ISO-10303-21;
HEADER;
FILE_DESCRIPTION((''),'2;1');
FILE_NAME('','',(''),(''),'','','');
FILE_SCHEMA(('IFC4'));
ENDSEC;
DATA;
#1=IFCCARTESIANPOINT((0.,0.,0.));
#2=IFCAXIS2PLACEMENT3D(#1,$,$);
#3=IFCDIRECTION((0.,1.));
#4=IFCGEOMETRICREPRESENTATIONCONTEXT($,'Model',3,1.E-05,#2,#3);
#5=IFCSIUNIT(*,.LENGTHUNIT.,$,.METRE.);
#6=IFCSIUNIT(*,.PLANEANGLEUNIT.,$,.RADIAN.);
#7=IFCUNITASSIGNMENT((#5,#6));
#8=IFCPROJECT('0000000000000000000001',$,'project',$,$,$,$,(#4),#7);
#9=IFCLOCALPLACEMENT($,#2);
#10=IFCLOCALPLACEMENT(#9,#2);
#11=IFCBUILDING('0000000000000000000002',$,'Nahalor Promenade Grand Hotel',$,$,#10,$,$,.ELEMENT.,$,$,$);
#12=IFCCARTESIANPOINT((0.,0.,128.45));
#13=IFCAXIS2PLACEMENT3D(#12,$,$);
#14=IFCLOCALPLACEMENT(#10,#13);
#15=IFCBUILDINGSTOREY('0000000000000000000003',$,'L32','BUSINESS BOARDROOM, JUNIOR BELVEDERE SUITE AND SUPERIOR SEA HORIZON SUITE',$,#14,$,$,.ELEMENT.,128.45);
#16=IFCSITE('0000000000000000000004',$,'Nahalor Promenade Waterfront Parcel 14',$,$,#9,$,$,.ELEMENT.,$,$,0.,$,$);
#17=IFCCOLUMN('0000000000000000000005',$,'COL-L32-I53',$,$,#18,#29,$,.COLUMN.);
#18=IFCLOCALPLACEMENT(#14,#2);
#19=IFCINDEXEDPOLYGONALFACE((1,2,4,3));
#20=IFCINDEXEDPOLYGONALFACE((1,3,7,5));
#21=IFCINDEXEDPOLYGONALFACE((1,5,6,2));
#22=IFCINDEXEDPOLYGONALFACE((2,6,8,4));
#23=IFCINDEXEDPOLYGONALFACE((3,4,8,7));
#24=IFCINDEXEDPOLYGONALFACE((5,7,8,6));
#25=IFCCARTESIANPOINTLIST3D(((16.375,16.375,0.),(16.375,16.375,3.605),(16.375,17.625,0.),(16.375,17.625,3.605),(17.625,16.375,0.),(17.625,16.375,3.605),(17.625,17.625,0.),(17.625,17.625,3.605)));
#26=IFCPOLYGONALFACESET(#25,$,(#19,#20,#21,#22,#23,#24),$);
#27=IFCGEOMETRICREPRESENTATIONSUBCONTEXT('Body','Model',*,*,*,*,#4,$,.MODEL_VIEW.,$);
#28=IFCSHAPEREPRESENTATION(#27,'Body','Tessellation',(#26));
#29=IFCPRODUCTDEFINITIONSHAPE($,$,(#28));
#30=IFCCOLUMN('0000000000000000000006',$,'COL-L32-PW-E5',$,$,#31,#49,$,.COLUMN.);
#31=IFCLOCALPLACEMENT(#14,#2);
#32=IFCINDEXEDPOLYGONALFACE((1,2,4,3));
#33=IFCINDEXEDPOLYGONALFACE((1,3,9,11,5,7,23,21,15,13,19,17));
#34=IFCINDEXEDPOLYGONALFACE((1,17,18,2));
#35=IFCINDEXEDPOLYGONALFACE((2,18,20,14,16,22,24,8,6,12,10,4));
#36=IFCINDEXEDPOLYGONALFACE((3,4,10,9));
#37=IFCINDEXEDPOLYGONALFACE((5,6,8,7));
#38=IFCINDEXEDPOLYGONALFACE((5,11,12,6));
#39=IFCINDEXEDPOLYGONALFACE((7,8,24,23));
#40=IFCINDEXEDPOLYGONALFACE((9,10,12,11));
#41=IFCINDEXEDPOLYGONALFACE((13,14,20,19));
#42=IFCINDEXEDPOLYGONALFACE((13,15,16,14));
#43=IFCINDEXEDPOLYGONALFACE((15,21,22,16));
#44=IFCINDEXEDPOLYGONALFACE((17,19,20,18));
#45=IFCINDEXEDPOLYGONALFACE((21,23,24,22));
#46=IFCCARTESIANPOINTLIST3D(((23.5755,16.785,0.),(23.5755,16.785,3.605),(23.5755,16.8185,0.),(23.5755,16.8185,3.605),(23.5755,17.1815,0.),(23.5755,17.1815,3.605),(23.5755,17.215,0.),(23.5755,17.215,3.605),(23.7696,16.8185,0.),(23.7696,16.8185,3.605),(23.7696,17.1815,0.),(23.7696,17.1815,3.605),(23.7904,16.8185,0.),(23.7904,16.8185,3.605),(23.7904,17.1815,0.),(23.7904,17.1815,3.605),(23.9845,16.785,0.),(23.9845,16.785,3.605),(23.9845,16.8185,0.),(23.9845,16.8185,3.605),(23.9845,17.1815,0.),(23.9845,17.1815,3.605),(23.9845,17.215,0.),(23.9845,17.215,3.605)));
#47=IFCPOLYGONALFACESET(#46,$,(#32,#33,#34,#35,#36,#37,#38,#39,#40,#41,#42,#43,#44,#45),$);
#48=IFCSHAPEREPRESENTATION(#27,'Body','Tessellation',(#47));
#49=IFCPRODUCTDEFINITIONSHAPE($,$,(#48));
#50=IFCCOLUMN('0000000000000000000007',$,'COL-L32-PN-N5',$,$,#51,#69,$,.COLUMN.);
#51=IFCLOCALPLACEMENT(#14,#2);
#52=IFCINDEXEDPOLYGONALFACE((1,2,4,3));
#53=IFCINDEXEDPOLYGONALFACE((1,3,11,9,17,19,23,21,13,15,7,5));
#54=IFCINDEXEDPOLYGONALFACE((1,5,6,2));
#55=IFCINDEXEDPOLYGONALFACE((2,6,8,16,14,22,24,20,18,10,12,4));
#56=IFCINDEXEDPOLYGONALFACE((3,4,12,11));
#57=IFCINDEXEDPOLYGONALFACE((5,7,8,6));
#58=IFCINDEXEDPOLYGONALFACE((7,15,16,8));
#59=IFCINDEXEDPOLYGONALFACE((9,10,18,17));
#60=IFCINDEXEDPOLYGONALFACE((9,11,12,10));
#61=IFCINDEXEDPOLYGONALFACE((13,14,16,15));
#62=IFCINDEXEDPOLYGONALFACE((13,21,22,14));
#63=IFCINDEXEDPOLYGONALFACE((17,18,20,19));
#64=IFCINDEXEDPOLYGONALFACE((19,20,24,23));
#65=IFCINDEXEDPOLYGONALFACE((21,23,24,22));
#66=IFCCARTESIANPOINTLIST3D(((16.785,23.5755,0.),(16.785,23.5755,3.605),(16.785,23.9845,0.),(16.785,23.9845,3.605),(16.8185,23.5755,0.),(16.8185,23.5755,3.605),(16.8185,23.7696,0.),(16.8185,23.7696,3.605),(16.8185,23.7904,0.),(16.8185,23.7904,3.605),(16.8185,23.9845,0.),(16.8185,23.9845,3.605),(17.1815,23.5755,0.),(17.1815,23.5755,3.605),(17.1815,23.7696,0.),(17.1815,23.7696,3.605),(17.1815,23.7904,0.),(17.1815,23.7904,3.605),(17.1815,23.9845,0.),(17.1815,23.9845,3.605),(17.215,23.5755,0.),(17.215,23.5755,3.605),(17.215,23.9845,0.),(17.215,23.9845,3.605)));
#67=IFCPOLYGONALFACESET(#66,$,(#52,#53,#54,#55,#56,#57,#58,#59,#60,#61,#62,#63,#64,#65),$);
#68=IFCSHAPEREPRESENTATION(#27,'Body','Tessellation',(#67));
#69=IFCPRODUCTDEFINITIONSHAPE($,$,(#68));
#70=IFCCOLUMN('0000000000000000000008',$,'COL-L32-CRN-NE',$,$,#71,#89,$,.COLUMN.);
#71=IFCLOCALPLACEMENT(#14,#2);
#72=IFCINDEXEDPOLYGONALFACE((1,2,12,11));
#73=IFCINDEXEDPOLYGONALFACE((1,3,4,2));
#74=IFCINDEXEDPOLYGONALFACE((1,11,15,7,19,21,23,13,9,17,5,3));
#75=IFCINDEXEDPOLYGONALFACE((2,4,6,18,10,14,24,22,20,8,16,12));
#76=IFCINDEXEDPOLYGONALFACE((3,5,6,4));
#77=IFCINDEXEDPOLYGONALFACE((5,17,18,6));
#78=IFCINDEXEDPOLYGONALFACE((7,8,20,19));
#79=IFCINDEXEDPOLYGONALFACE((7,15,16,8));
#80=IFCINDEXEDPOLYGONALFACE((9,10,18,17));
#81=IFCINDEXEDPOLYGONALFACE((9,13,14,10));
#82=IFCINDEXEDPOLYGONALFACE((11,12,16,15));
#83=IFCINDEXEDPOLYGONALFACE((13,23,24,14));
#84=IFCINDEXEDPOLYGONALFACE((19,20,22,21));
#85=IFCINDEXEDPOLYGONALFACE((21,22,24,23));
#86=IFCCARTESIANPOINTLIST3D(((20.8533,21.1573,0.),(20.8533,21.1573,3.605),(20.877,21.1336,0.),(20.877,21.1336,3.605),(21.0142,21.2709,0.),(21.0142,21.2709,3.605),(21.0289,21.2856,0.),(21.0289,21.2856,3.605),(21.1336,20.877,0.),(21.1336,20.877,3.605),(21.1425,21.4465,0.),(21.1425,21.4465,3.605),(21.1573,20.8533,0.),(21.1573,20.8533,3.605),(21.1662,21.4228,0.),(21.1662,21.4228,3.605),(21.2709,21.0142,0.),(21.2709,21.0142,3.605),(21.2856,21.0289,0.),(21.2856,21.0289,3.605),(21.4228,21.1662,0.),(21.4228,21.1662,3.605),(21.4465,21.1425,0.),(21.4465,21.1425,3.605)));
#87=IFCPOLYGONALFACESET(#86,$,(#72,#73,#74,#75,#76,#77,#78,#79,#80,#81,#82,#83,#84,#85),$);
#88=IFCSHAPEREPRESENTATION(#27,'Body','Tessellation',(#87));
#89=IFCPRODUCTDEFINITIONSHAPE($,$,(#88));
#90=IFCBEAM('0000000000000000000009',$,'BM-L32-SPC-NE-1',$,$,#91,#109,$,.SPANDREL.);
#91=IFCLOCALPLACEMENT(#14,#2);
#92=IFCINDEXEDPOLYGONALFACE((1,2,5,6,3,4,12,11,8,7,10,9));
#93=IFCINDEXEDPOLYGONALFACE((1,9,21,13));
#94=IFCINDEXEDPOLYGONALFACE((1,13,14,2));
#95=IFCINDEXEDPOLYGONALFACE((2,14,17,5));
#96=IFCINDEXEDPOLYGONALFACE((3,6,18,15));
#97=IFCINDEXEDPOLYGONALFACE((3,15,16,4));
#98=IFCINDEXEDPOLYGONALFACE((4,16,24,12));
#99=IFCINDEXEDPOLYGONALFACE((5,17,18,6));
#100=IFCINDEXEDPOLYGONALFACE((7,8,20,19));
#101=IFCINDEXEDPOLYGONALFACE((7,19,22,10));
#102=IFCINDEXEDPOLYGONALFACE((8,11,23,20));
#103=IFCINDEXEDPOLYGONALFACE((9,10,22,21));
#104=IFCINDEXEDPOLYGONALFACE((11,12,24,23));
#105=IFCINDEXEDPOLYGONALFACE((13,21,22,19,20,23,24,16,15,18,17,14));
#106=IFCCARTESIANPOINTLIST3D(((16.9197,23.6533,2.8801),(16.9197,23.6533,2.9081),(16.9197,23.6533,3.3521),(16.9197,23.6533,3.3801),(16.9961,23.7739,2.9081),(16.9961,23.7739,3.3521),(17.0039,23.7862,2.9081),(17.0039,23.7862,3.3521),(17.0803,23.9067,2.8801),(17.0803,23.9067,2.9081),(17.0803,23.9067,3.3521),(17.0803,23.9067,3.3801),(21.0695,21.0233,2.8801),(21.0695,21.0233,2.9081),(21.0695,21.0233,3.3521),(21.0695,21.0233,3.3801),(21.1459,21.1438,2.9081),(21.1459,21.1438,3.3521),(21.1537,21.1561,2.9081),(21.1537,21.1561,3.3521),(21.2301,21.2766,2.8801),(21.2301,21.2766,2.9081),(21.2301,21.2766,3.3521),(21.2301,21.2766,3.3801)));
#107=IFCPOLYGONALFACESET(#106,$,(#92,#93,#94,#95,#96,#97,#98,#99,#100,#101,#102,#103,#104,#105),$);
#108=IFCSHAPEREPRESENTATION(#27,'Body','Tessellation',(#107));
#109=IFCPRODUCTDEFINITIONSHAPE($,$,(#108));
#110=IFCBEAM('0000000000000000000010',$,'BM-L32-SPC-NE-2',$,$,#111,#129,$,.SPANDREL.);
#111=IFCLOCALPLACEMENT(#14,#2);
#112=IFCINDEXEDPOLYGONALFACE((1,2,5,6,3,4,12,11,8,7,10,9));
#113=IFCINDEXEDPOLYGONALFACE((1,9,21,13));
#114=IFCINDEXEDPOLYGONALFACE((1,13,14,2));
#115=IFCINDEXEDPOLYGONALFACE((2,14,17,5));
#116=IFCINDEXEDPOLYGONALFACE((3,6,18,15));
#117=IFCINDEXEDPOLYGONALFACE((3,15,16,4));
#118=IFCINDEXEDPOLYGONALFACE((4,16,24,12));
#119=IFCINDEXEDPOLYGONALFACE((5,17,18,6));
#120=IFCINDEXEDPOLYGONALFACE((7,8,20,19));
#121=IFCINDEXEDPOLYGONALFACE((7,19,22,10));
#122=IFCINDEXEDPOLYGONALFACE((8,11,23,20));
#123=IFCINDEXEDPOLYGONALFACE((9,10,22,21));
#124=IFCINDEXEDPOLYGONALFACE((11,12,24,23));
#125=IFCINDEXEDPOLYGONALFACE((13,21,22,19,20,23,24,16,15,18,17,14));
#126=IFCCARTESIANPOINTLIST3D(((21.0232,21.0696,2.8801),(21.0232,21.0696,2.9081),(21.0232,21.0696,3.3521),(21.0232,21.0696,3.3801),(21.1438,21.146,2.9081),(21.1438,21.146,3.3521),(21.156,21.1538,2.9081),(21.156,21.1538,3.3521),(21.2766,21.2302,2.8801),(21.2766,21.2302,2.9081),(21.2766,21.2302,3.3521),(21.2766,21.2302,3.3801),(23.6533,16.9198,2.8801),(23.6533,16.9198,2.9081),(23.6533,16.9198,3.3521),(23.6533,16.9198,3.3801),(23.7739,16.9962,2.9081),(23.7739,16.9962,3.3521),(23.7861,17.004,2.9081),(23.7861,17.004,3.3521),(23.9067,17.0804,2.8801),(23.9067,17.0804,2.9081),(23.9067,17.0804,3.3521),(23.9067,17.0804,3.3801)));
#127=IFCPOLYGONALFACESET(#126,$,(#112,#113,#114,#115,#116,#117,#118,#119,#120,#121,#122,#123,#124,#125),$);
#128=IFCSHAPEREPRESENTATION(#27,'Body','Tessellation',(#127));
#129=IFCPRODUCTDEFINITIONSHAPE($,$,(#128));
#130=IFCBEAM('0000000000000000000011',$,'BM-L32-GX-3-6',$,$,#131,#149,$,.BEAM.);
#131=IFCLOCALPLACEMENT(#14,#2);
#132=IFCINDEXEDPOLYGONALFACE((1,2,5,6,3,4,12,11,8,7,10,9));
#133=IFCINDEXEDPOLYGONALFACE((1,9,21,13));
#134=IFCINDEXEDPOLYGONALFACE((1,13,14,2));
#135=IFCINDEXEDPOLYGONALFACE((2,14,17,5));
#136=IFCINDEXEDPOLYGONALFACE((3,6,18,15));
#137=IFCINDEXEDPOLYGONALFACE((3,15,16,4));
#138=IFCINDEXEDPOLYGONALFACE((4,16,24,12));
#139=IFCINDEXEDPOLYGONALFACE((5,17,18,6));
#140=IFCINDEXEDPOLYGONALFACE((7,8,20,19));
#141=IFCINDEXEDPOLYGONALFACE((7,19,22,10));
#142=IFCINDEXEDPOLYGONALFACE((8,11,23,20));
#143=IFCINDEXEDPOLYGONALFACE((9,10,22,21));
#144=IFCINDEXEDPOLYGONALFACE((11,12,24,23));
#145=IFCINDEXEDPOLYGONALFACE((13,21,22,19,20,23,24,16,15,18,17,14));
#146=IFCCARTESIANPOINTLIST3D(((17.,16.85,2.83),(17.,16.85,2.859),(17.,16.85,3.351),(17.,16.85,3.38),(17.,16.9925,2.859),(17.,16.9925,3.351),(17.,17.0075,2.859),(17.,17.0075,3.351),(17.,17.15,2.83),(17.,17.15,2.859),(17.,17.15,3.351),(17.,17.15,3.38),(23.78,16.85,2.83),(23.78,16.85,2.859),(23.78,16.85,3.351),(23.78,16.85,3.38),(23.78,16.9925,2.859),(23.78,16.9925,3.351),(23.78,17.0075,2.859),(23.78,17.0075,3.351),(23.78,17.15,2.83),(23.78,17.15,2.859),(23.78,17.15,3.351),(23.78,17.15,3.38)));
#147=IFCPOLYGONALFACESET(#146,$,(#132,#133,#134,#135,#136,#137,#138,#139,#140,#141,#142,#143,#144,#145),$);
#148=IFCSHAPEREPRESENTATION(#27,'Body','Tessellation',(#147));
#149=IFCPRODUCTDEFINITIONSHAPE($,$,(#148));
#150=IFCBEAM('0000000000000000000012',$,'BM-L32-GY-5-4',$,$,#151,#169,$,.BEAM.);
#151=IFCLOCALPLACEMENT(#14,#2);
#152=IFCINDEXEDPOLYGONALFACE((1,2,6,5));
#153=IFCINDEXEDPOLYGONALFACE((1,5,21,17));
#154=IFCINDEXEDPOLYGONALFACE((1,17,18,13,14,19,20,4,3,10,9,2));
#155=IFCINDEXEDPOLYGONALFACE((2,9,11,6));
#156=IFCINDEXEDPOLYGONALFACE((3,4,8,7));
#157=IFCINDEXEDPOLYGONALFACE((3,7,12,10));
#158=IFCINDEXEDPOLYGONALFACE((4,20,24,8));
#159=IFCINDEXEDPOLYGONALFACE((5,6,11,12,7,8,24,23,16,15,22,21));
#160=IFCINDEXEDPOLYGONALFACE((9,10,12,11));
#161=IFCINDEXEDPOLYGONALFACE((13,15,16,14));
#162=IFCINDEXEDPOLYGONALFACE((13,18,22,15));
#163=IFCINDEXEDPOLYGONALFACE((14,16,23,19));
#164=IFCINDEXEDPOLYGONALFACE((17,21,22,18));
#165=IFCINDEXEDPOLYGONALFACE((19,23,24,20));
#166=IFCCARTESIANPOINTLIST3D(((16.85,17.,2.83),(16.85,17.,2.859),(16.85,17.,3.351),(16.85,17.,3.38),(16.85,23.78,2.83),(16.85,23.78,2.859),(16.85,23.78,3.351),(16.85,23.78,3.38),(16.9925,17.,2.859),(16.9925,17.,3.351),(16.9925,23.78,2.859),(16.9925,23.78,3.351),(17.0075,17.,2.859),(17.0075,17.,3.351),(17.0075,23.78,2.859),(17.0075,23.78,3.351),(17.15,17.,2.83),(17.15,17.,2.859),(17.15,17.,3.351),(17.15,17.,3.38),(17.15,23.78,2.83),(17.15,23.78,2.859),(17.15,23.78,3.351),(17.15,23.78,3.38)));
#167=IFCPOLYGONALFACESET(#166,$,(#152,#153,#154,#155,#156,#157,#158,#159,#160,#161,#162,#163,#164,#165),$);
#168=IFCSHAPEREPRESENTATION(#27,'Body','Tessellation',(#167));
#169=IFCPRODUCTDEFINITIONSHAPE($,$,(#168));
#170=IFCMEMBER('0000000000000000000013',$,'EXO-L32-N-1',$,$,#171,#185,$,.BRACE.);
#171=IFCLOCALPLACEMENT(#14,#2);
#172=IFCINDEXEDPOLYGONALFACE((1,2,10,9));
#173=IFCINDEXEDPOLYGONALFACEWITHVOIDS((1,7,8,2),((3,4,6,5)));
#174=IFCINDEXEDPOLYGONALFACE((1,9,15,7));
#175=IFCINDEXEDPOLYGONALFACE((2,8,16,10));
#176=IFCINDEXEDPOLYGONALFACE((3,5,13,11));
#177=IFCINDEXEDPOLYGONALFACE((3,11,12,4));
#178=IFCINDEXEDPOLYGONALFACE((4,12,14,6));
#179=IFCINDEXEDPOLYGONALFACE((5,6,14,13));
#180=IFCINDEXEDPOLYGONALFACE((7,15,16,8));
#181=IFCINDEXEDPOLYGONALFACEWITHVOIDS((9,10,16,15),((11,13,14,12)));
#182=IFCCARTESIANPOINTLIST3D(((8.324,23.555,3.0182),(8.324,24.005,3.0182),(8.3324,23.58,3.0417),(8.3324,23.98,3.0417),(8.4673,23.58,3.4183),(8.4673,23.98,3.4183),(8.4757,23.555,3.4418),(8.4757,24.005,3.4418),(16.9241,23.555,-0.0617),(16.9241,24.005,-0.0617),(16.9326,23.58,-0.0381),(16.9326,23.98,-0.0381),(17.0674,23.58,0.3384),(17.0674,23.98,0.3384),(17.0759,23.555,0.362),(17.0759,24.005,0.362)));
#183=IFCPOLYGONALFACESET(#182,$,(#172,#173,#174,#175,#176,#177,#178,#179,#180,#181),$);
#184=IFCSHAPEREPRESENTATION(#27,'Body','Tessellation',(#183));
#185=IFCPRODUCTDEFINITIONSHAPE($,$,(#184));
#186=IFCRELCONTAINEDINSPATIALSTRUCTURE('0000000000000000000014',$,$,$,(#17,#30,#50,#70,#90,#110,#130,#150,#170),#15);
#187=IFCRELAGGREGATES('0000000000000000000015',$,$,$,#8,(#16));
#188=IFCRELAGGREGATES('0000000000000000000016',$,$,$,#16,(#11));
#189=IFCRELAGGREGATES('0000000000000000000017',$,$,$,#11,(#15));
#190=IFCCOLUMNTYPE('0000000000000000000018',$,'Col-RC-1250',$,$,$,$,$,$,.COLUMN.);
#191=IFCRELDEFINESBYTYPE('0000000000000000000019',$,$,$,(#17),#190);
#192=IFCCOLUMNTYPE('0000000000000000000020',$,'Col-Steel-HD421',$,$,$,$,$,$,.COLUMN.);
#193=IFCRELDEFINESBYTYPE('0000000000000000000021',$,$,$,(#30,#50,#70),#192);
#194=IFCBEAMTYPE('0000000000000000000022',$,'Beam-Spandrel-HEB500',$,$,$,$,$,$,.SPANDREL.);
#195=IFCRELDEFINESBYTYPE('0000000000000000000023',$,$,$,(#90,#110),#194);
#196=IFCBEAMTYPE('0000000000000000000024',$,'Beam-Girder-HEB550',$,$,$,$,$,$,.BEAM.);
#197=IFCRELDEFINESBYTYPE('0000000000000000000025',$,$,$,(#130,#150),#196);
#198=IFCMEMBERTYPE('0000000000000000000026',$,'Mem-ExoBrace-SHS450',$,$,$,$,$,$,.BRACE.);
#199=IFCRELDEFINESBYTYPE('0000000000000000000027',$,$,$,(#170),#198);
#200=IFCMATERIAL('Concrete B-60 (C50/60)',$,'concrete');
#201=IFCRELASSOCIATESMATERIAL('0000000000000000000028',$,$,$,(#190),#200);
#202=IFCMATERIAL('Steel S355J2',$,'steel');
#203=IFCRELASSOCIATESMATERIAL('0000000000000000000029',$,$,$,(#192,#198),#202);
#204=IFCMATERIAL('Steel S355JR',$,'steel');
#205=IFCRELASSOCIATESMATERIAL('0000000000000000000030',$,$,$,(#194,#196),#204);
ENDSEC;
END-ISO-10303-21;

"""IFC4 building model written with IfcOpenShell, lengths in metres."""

from ifc_helpers import new_model, si_unit, direction, frame, origin, origin_2d, place, context, subcontext, project, spatial, rectangle, hollow_rectangle, i_section, extrude, source, transform, mapped, material, material_profile, profile_set, type_object, element, save


model = new_model("IFC4")

# Units and contexts
model_context = context("Model", 3, precision=1e-05, world=origin(), true_north=direction((0.0, 1.0)))
body_context = subcontext(model_context, "Body", "Model", "MODEL_VIEW")
ifc_project = project(units=[si_unit("LENGTHUNIT", "METRE"), si_unit("PLANEANGLEUNIT", "RADIAN")], contexts=[model_context])

# Site, building, storey
site_placement = place(None, origin())
site = spatial("IfcSite", under=ifc_project, at=site_placement, Name="Nahalor Promenade Waterfront Parcel 14", CompositionType="ELEMENT", RefElevation=0.0)
building_placement = place(site_placement, origin())
building = spatial("IfcBuilding", under=site, at=building_placement, Name="Nahalor Promenade Grand Hotel", CompositionType="ELEMENT")
storey_placement = place(building_placement, frame((0.0, 0.0, 128.45)))
storey = spatial("IfcBuildingStorey", under=building, at=storey_placement, Name="L32", Description="BUSINESS BOARDROOM, JUNIOR BELVEDERE SUITE AND SUPERIOR SEA HORIZON SUITE", CompositionType="ELEMENT", Elevation=128.45)

# Columns
ifc_material_1 = material(Name="Concrete B-60 (C50/60)", Category="concrete")
ifc_material_profile_1 = material_profile(ifc_material_1, rectangle(XDim=1.25, YDim=1.25, at=origin_2d()), Name="RC 1250x1250")
ifc_profile_set_1 = profile_set([ifc_material_profile_1], Name="Concrete B-60 (C50/60)")
column_type_1 = type_object("IfcColumnType", Name="Col-RC-1250", PredefinedType="COLUMN", material=ifc_profile_set_1)
shared_shape_1 = source(origin(), body_context, "Body", "SweptSolid", [
    extrude(rectangle(XDim=1.25, YDim=1.25, at=origin_2d()), origin(), (0.0, 0.0, 1.0), 3.605),
])
column_placement = place(storey_placement, frame((17.0, 17.0, 0.0), z_axis=(0.0, 0.0, 1.0), x_axis=(1.0, 0.0, 0.0)))
element("IfcColumn", 1, at=column_placement, inside=storey, type_object=column_type_1, Name="COL-L32-I53", PredefinedType="COLUMN", context=body_context, shape_type="MappedRepresentation", body=[
    mapped(shared_shape_1, transform((0.0, 0.0, 0.0), scale=1.0)),
])
ifc_material_2 = material(Name="Steel S355J2", Category="steel")
ifc_material_profile_2 = material_profile(ifc_material_2, i_section(OverallWidth=0.409, OverallDepth=0.43, WebThickness=0.0208, FlangeThickness=0.0335, at=origin_2d()), Name="HD 400x421")
ifc_profile_set_2 = profile_set([ifc_material_profile_2], Name="Steel S355J2")
column_type_2 = type_object("IfcColumnType", Name="Col-Steel-HD421", PredefinedType="COLUMN", material=ifc_profile_set_2)
shared_shape_2 = source(origin(), body_context, "Body", "SweptSolid", [
    extrude(i_section(OverallWidth=0.409, OverallDepth=0.43, WebThickness=0.0208, FlangeThickness=0.0335, at=origin_2d()), origin(), (0.0, 0.0, 1.0), 3.605),
])
for number, where, z_axis, x_axis, name in (
    (2, (23.78, 17.0, 0.0), (0.0, 0.0, 1.0), (1.0, 0.0, 0.0), "COL-L32-PW-E5"),
    (3, (17.0, 23.78, 0.0), (0.0, 0.0, 1.0), (0.0, 1.0, 0.0), "COL-L32-PN-N5"),
    (4, (21.1499, 21.1499, 0.0), (0.0, 0.0, 1.0), (0.707107, 0.707107, 0.0), "COL-L32-CRN-NE"),
):
    element("IfcColumn", number, at=place(storey_placement, frame(where, z_axis=z_axis, x_axis=x_axis)), inside=storey, type_object=column_type_2, Name=name, PredefinedType="COLUMN", context=body_context, shape_type="MappedRepresentation", body=[
        mapped(shared_shape_2, transform((0.0, 0.0, 0.0), scale=1.0)),
    ])

# Beams
ifc_material_3 = material(Name="Steel S355JR", Category="steel")
ifc_material_profile_3 = material_profile(ifc_material_3, i_section(OverallWidth=0.3, OverallDepth=0.5, WebThickness=0.0145, FlangeThickness=0.028, at=origin_2d()), Name="HEB 500")
ifc_profile_set_3 = profile_set([ifc_material_profile_3], Name="Steel S355JR")
beam_type_1 = type_object("IfcBeamType", Name="Beam-Spandrel-HEB500", PredefinedType="SPANDREL", material=ifc_profile_set_3)
shared_shape_3 = source(origin(), body_context, "Body", "SweptSolid", [
    extrude(i_section(OverallWidth=0.3, OverallDepth=0.5, WebThickness=0.0145, FlangeThickness=0.028, at=origin_2d()), origin(), (0.0, 0.0, 1.0), 4.9131),
])
for number, where, z_axis, x_axis, name in (
    (5, (17.0, 23.78, 3.1301), (0.844648, -0.535322, 0.0), (0.535322, 0.844648, 0.0), "BM-L32-SPC-NE-1"),
    (6, (21.1499, 21.1499, 3.1301), (0.535322, -0.844648, 0.0), (0.844648, 0.535322, 0.0), "BM-L32-SPC-NE-2"),
):
    element("IfcBeam", number, at=place(storey_placement, frame(where, z_axis=z_axis, x_axis=x_axis)), inside=storey, type_object=beam_type_1, Name=name, PredefinedType="SPANDREL", context=body_context, shape_type="MappedRepresentation", body=[
        mapped(shared_shape_3, transform((0.0, 0.0, 0.0), scale=1.0)),
    ])
ifc_material_profile_4 = material_profile(ifc_material_3, i_section(OverallWidth=0.3, OverallDepth=0.55, WebThickness=0.015, FlangeThickness=0.029, at=origin_2d()), Name="HEB 550")
ifc_profile_set_4 = profile_set([ifc_material_profile_4], Name="Steel S355JR")
beam_type_2 = type_object("IfcBeamType", Name="Beam-Girder-HEB550", PredefinedType="BEAM", material=ifc_profile_set_4)
shared_shape_4 = source(origin(), body_context, "Body", "SweptSolid", [
    extrude(i_section(OverallWidth=0.3, OverallDepth=0.55, WebThickness=0.015, FlangeThickness=0.029, at=origin_2d()), origin(), (0.0, 0.0, 1.0), 6.78),
])
for number, where, z_axis, x_axis, name in (
    (7, (17.0, 17.0, 3.105), (1.0, 0.0, 0.0), (0.0, 1.0, 0.0), "BM-L32-GX-3-6"),
    (8, (17.0, 17.0, 3.105), (0.0, 1.0, 0.0), (-1.0, 0.0, 0.0), "BM-L32-GY-5-4"),
):
    element("IfcBeam", number, at=place(storey_placement, frame(where, z_axis=z_axis, x_axis=x_axis)), inside=storey, type_object=beam_type_2, Name=name, PredefinedType="BEAM", context=body_context, shape_type="MappedRepresentation", body=[
        mapped(shared_shape_4, transform((0.0, 0.0, 0.0), scale=1.0)),
    ])

# Member
ifc_material_profile_5 = material_profile(ifc_material_2, hollow_rectangle(XDim=0.45, YDim=0.45, WallThickness=0.025, at=origin_2d()), Name="SHS 450x450x25")
ifc_profile_set_5 = profile_set([ifc_material_profile_5], Name="Steel S355J2")
member_type_1 = type_object("IfcMemberType", Name="Mem-ExoBrace-SHS450", PredefinedType="BRACE", material=ifc_profile_set_5)
shared_shape_5 = source(origin(), body_context, "Body", "SweptSolid", [
    extrude(hollow_rectangle(XDim=0.45, YDim=0.45, WallThickness=0.025, at=origin_2d()), origin(), (0.0, 0.0, 1.0), 9.135),
])
member_1_placement = place(storey_placement, frame((17.0, 23.78, 0.1501), z_axis=(-0.941451, 0.0, 0.337149), x_axis=(0.0, -1.0, 0.0)))
element("IfcMember", 9, at=member_1_placement, inside=storey, type_object=member_type_1, Name="EXO-L32-N-1", PredefinedType="BRACE", context=body_context, shape_type="MappedRepresentation", body=[
    mapped(shared_shape_5, transform((0.0, 0.0, 0.0), scale=1.0)),
])

save(model, "model.ifc")
